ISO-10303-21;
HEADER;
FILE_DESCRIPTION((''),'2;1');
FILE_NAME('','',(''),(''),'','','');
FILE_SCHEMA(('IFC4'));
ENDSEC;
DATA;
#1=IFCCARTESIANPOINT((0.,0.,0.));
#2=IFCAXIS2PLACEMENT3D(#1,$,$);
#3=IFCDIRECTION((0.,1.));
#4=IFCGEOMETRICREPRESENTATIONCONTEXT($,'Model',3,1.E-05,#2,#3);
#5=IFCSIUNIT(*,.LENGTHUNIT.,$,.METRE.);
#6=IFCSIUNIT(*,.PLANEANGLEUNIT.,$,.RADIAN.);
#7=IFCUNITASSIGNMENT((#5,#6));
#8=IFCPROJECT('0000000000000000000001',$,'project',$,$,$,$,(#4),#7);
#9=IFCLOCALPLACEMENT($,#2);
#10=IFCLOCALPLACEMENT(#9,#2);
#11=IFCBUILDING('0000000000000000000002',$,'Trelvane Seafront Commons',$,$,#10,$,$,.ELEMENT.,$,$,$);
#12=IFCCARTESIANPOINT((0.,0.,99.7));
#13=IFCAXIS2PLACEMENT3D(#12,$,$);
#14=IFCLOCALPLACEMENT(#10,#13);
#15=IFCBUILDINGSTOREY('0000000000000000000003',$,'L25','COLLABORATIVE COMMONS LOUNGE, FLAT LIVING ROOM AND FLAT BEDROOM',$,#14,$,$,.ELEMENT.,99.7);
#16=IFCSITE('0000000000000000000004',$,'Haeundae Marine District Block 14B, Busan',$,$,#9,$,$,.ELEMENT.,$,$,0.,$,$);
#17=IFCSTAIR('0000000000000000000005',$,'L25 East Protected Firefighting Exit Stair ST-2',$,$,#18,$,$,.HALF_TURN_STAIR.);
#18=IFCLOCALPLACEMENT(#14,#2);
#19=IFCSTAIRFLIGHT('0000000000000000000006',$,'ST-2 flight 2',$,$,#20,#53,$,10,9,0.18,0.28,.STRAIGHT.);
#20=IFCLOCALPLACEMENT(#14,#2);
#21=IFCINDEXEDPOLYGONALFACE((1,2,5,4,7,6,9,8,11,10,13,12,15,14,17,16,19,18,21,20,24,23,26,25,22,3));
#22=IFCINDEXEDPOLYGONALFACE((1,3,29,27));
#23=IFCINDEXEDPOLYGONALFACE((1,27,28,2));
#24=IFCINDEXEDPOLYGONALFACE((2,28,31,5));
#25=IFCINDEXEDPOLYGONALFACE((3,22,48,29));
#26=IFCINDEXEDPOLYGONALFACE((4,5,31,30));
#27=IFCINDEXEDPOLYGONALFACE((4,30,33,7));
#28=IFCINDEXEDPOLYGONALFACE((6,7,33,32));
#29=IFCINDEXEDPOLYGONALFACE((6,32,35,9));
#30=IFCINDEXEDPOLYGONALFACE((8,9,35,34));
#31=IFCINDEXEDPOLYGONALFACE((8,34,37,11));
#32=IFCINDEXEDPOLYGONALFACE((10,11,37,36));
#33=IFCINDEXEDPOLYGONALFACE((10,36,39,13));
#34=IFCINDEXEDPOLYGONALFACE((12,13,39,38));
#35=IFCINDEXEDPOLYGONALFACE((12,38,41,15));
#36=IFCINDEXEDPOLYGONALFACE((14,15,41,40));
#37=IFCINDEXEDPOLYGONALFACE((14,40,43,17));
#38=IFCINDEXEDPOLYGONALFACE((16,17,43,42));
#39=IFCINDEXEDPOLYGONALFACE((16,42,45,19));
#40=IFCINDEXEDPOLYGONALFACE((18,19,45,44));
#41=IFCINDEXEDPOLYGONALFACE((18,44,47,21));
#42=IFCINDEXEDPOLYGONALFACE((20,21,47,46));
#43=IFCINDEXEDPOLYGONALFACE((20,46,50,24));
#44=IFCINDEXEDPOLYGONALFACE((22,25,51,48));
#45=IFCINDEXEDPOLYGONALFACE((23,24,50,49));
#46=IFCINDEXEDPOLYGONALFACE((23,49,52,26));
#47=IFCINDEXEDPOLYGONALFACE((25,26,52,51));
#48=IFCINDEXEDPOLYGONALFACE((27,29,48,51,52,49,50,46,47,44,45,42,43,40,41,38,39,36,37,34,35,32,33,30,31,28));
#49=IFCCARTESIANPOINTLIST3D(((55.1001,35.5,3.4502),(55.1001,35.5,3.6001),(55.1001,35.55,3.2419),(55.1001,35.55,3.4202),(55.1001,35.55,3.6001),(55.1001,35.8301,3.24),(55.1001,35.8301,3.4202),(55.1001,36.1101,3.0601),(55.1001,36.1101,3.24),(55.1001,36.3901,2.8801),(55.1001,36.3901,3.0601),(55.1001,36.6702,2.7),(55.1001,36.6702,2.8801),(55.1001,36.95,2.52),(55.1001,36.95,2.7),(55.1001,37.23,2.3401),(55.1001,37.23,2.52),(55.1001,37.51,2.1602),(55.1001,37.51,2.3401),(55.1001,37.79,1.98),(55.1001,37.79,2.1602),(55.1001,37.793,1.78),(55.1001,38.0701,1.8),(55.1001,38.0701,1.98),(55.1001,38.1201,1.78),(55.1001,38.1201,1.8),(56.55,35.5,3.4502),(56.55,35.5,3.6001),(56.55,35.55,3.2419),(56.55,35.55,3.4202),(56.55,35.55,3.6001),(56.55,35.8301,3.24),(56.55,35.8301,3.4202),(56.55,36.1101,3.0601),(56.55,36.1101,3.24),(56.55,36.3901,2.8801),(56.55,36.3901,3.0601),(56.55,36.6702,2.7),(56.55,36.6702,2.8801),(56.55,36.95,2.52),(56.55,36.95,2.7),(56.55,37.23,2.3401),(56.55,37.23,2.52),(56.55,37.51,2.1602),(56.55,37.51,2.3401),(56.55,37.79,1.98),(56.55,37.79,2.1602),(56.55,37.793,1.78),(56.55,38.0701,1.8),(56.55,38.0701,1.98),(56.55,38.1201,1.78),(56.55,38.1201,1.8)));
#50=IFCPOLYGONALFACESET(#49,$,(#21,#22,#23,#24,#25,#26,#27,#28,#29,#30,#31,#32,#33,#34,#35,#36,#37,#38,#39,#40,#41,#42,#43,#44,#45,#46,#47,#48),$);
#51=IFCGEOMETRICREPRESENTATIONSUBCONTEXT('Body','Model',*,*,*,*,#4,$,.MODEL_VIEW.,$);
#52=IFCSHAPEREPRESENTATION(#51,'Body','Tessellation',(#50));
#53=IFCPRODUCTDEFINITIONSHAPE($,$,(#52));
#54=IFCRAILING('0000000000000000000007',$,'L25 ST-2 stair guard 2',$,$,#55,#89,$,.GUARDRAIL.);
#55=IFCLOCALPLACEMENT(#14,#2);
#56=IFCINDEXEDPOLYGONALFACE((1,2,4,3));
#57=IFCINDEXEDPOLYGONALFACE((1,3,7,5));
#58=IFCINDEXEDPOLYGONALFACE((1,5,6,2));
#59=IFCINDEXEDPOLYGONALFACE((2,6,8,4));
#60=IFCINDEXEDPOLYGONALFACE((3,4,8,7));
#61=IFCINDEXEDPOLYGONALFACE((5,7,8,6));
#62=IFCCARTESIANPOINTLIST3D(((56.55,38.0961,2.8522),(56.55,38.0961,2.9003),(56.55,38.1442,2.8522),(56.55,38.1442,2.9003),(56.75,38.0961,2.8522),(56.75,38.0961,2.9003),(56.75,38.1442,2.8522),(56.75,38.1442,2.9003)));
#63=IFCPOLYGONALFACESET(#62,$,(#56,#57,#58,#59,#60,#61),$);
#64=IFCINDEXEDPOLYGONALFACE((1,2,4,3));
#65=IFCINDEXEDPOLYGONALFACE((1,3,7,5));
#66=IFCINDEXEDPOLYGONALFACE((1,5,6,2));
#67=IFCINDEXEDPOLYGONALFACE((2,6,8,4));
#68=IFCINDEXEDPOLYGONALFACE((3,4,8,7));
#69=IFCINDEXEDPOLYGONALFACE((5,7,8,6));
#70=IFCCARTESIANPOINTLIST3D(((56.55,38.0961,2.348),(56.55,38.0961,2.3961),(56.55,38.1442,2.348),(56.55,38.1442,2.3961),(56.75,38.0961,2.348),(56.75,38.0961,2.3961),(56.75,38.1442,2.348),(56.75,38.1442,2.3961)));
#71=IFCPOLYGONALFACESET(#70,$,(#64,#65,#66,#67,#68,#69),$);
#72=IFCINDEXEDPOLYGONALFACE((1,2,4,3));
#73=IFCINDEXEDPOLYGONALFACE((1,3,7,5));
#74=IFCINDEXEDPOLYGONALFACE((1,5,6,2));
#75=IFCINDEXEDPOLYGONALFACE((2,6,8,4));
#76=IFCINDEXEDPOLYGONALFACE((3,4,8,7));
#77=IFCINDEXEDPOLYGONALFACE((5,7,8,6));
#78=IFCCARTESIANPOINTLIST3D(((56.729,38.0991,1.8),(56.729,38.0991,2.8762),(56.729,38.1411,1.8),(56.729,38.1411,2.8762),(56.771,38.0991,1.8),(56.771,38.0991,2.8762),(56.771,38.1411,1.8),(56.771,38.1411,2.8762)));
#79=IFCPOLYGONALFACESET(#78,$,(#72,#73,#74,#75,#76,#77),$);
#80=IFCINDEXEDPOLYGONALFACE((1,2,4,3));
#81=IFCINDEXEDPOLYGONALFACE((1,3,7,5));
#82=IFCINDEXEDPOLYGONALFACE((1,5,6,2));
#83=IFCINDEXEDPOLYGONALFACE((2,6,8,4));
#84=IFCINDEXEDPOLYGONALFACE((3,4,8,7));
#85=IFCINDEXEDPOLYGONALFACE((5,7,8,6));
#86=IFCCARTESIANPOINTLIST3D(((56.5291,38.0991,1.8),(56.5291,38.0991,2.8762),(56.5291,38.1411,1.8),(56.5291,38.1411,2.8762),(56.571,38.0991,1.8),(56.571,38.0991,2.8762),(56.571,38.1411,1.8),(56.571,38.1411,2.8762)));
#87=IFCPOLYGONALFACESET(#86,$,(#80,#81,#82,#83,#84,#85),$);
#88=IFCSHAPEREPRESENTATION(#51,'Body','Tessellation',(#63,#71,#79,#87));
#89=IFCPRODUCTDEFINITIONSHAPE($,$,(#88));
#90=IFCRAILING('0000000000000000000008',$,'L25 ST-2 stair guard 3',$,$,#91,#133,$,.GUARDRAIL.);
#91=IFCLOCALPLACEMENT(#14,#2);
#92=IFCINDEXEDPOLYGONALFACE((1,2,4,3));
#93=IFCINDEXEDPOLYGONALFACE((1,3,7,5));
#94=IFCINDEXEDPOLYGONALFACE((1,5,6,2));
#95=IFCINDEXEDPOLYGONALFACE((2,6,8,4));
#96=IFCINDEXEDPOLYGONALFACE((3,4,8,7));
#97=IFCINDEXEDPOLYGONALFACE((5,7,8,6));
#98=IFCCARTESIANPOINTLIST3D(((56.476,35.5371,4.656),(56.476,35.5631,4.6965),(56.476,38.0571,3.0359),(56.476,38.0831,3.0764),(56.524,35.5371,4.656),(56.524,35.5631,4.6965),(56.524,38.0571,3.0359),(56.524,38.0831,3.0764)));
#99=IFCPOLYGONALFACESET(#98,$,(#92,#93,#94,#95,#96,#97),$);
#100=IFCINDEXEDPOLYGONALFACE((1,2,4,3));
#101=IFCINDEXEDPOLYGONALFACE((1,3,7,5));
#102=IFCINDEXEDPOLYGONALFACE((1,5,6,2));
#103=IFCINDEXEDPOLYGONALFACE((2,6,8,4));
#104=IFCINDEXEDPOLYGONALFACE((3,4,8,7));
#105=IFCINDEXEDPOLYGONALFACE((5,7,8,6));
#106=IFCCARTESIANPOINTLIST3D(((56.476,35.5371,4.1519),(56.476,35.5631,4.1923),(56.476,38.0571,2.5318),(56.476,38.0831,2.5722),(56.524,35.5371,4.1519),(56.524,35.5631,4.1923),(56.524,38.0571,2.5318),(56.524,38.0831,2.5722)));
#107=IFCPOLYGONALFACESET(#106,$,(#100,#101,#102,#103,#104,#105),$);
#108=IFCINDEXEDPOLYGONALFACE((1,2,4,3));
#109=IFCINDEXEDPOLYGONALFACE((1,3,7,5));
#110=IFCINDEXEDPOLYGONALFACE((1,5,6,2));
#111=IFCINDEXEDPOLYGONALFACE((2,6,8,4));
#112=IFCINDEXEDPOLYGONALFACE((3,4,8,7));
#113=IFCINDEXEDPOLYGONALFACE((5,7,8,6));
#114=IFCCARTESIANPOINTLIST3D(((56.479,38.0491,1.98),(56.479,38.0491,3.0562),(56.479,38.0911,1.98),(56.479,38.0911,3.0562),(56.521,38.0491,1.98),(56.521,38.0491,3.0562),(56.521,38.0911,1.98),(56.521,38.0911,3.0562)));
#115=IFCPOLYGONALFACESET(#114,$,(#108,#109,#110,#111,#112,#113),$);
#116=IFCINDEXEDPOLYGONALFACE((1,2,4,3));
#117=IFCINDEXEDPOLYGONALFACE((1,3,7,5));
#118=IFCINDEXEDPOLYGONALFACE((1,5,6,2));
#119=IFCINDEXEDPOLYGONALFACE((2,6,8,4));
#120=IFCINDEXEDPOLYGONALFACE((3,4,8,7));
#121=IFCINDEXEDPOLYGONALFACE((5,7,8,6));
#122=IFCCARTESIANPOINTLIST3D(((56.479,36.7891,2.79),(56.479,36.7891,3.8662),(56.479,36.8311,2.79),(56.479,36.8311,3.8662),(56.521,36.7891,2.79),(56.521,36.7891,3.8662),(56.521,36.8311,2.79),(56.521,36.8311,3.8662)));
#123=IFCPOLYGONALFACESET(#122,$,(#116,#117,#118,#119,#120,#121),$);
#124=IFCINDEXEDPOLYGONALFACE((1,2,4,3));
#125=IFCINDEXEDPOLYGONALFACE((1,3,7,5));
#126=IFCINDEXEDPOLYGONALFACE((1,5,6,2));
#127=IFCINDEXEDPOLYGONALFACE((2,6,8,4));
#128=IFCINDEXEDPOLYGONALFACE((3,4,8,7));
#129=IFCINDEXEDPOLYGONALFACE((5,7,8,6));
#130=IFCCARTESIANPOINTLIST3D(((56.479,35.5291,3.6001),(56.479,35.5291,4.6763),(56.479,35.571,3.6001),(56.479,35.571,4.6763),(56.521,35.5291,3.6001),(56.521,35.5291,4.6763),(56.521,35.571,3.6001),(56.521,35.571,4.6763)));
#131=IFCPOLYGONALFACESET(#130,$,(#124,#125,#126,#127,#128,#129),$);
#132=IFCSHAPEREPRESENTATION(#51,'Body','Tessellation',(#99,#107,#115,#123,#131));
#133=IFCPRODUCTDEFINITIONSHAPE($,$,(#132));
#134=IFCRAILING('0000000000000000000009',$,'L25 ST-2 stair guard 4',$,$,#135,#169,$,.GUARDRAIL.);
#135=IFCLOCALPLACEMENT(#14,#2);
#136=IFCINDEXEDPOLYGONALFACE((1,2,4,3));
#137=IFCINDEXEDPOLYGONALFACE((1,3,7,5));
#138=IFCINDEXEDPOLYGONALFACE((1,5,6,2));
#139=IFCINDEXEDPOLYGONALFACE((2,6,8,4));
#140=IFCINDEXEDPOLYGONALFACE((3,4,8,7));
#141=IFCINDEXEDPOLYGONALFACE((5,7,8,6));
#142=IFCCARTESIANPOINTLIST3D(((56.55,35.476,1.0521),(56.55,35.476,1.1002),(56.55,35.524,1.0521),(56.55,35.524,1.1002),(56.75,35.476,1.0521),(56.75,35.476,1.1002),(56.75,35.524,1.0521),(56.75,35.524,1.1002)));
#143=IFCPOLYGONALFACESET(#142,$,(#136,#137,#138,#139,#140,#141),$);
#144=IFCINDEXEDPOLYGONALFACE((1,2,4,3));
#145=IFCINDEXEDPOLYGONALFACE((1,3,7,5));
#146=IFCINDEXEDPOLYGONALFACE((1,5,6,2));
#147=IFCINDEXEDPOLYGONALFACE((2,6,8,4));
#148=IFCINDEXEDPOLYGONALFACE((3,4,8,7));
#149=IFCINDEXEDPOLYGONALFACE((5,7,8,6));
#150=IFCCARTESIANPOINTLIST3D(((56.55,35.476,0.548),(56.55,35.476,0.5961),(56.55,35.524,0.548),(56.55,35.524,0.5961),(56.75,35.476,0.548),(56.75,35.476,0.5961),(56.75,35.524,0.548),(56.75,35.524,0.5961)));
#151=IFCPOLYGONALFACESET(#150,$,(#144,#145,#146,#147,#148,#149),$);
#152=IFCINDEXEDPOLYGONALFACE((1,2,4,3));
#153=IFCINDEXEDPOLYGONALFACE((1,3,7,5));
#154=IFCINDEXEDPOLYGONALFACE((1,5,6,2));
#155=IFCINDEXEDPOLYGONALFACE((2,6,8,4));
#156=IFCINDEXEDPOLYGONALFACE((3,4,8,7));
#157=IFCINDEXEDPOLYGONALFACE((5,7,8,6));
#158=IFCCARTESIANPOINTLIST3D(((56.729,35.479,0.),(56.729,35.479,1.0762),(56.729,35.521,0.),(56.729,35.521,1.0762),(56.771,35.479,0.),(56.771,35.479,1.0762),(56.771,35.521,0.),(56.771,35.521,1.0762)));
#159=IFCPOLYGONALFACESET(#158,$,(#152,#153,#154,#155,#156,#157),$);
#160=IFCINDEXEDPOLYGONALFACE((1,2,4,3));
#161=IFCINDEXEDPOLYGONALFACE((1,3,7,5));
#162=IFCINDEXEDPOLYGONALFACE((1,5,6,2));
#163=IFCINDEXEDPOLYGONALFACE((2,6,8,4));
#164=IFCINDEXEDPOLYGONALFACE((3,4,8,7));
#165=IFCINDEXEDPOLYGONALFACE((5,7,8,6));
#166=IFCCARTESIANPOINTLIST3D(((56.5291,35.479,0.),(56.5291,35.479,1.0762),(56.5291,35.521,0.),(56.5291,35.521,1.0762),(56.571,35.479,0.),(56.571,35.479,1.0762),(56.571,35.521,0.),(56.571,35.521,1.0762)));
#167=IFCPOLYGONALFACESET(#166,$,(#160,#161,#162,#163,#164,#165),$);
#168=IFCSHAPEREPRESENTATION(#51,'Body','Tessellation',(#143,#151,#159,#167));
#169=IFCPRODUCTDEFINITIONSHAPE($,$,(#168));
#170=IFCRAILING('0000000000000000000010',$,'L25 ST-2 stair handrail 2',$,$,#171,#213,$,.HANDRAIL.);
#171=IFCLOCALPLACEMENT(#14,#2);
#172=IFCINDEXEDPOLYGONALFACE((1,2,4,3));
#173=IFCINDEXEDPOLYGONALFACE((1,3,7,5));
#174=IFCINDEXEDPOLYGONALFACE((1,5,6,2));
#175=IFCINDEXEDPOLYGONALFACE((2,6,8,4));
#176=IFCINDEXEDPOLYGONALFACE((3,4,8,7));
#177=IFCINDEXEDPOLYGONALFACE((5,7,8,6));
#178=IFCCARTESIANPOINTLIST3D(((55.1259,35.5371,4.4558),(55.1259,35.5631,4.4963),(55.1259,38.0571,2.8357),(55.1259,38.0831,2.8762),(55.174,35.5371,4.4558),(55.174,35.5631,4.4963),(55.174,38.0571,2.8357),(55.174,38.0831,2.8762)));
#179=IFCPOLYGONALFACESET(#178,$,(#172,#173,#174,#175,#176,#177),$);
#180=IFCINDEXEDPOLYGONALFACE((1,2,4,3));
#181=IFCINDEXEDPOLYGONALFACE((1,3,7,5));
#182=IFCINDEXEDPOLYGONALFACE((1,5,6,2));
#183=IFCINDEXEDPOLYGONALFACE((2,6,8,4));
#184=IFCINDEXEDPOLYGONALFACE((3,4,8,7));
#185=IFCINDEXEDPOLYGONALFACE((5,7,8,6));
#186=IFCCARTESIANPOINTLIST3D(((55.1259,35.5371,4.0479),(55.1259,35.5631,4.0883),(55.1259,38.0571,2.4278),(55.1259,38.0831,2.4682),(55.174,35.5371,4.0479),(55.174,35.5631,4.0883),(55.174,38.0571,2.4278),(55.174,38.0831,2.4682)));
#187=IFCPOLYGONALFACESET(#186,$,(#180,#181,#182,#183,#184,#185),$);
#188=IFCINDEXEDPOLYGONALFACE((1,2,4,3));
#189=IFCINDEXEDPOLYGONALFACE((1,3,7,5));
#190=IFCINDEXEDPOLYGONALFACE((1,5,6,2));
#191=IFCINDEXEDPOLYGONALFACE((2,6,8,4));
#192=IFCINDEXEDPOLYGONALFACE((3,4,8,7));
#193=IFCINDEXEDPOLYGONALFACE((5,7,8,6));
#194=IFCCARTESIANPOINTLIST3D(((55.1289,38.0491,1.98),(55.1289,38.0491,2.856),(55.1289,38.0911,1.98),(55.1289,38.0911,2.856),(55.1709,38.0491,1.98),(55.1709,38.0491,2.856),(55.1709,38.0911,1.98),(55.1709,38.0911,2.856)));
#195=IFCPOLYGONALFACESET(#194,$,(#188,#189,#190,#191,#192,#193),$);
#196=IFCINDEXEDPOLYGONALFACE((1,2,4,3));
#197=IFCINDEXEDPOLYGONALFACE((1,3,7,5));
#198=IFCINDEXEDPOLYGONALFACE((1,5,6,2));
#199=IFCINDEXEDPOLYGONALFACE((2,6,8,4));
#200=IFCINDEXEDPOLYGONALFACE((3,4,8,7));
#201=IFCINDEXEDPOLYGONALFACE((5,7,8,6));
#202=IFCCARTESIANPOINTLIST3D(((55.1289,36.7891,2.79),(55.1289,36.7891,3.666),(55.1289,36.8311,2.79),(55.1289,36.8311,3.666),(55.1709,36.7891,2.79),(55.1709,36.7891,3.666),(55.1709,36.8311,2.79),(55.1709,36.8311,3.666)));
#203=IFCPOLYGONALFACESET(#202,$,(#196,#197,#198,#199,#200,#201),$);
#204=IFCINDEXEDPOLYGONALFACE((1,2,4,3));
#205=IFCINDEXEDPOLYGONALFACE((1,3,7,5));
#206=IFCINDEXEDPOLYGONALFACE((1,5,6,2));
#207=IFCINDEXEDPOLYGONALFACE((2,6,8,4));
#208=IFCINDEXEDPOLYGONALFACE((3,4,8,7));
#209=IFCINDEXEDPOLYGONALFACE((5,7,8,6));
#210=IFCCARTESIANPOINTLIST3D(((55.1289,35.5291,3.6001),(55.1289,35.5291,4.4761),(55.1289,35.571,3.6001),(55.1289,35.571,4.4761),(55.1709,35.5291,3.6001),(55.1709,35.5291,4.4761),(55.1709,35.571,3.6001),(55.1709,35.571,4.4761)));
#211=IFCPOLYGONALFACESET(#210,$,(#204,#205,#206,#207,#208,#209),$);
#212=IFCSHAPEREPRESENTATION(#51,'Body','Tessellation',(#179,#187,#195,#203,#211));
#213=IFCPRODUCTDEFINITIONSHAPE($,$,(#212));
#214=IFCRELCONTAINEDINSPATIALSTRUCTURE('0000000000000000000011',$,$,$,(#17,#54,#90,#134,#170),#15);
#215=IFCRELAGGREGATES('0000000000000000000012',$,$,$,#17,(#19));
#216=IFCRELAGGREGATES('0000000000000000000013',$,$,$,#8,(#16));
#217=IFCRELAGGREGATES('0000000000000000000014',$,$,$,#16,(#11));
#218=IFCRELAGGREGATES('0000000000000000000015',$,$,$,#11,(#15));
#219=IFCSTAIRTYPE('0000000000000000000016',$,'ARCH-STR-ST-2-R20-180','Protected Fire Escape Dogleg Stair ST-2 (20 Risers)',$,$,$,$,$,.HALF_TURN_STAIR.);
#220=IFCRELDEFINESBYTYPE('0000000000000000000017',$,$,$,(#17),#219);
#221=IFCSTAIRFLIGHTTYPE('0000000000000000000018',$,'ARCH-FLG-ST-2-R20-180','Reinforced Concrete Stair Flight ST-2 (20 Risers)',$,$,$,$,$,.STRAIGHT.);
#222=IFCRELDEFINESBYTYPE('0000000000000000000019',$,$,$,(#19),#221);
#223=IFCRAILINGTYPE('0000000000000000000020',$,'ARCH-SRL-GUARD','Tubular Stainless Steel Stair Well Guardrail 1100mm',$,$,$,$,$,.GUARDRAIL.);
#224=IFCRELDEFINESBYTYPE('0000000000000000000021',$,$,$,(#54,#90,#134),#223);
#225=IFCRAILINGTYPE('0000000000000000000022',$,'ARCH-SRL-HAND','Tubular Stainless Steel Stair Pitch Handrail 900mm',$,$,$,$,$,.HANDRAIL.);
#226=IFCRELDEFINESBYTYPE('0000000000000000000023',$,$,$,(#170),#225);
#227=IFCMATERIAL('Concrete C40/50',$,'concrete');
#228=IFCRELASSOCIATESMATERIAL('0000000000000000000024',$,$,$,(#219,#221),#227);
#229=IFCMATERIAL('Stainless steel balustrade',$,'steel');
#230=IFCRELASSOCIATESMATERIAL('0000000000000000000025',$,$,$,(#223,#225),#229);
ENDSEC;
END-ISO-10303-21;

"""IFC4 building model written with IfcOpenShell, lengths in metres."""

from ifc_helpers import new_model, si_unit, direction, frame, origin, origin_2d, place, context, subcontext, project, spatial, polyline, rectangle, outline, extrude, source, transform, mapped, material, type_object, element, aggregate, save


model = new_model("IFC4")

# Units and contexts
model_context = context("Model", 3, precision=1e-05, world=origin(), true_north=direction((0.0, 1.0)))
body_context = subcontext(model_context, "Body", "Model", "MODEL_VIEW")
ifc_project = project(units=[si_unit("LENGTHUNIT", "METRE"), si_unit("PLANEANGLEUNIT", "RADIAN")], contexts=[model_context])

# Site, building, storey
site_placement = place(None, origin())
site = spatial("IfcSite", under=ifc_project, at=site_placement, Name="Haeundae Marine District Block 14B, Busan", CompositionType="ELEMENT", RefElevation=0.0)
building_placement = place(site_placement, origin())
building = spatial("IfcBuilding", under=site, at=building_placement, Name="Trelvane Seafront Commons", CompositionType="ELEMENT")
storey_placement = place(building_placement, frame((0.0, 0.0, 99.7)))
storey = spatial("IfcBuildingStorey", under=building, at=storey_placement, Name="L25", Description="COLLABORATIVE COMMONS LOUNGE, FLAT LIVING ROOM AND FLAT BEDROOM", CompositionType="ELEMENT", Elevation=99.7)

# Shared definitions
ifc_material_1 = material(Name="Concrete C40/50", Category="concrete")

# Stair, stair flight
stair_type = type_object("IfcStairType", Name="ARCH-STR-ST-2-R20-180", Description="Protected Fire Escape Dogleg Stair ST-2 (20 Risers)", PredefinedType="HALF_TURN_STAIR", material=ifc_material_1)
stair_placement = place(storey_placement, origin())
stair = element("IfcStair", 1, at=stair_placement, inside=storey, type_object=stair_type, Name="L25 East Protected Firefighting Exit Stair ST-2", PredefinedType="HALF_TURN_STAIR")
stair_flight_type = type_object("IfcStairFlightType", Name="ARCH-FLG-ST-2-R20-180", Description="Reinforced Concrete Stair Flight ST-2 (20 Risers)", PredefinedType="STRAIGHT", material=ifc_material_1)
shared_shape_1 = source(origin(), body_context, "Body", "SweptSolid", [
    extrude(outline(polyline([(-0.05, -0.02), (-0.05, 0.0), (0.0, 0.0), (0.0, 0.1799), (0.28, 0.1799), (0.28, 0.3601), (0.5601, 0.3601), (0.5601, 0.54), (0.8401, 0.54), (0.8401, 0.72), (1.1201, 0.72), (1.1201, 0.8999), (1.3999, 0.8999), (1.3999, 1.0801), (1.6799, 1.0801), (1.6799, 1.26), (1.96, 1.26), (1.96, 1.4399), (2.24, 1.4399), (2.24, 1.6201), (2.52, 1.6201), (2.52, 1.8), (2.5701, 1.8), (2.5701, 1.6501), (2.52, 1.4419), (0.2771, -0.02), (-0.05, -0.02)])), frame((0.0, 0.7251, 0.0), z_axis=(0.0, -1.0, 0.0), x_axis=(1.0, 0.0, 0.0)), (0.0, 0.0, 1.0), 1.45),
])
stair_flight_placement = place(storey_placement, frame((55.825, 38.0701, 1.8), z_axis=(0.0, 0.0, 1.0), x_axis=(0.0, -1.0, 0.0)))
stair_flight = element("IfcStairFlight", 2, at=stair_flight_placement, type_object=stair_flight_type, Name="ST-2 flight 2", NumberOfRisers=10, NumberOfTreads=9, PredefinedType="STRAIGHT", RiserHeight=0.18, TreadLength=0.28, context=body_context, shape_type="MappedRepresentation", body=[
    mapped(shared_shape_1, transform((0.0, 0.0, 0.0), x_axis=(1.0, 0.0, 0.0), y_axis=(0.0, 1.0, 0.0), z_axis=(0.0, 0.0, 1.0), scale=1.0)),
])
aggregate(stair, [stair_flight])

# Railings
ifc_material_2 = material(Name="Stainless steel balustrade", Category="steel")
railing_type_1 = type_object("IfcRailingType", Name="ARCH-SRL-GUARD", Description="Tubular Stainless Steel Stair Well Guardrail 1100mm", PredefinedType="GUARDRAIL", material=ifc_material_2)
railing_1_placement = place(storey_placement, frame((56.75, 38.1201, 1.8)))
element("IfcRailing", 3, at=railing_1_placement, inside=storey, type_object=railing_type_1, Name="L25 ST-2 stair guard 2", PredefinedType="GUARDRAIL", context=body_context, shape_type="SweptSolid", body=[
    extrude(rectangle(XDim=0.0481, YDim=0.0481, at=origin_2d()), frame((0.0, 0.0, 1.0762), z_axis=(-1.0, 0.0, 0.0), x_axis=(0.0, -1.0, 0.0)), (0.0, 0.0, 1.0), 0.2),
    extrude(rectangle(XDim=0.0481, YDim=0.0481, at=origin_2d()), frame((0.0, 0.0, 0.572), z_axis=(-1.0, 0.0, 0.0), x_axis=(0.0, -1.0, 0.0)), (0.0, 0.0, 1.0), 0.2),
    extrude(rectangle(XDim=0.042, YDim=0.042, at=origin_2d()), origin(), (0.0, 0.0, 1.0), 1.0762),
    extrude(rectangle(XDim=0.042, YDim=0.042, at=origin_2d()), frame((-0.2, 0.0, 0.0)), (0.0, 0.0, 1.0), 1.0762),
])
railing_2_placement = place(storey_placement, frame((56.5, 38.0701, 1.98)))
element("IfcRailing", 4, at=railing_2_placement, inside=storey, type_object=railing_type_1, Name="L25 ST-2 stair guard 3", PredefinedType="GUARDRAIL", context=body_context, shape_type="SweptSolid", body=[
    extrude(rectangle(XDim=0.0481, YDim=0.0481, at=origin_2d()), frame((0.0, 0.0, 1.0762), z_axis=(0.0, -0.841163, 0.540782), x_axis=(1.0, 0.0, 0.0)), (0.0, 0.0, 1.0), 2.9958),
    extrude(rectangle(XDim=0.0481, YDim=0.0481, at=origin_2d()), frame((0.0, 0.0, 0.572), z_axis=(0.0, -0.841163, 0.540782), x_axis=(1.0, 0.0, 0.0)), (0.0, 0.0, 1.0), 2.9958),
    extrude(rectangle(XDim=0.042, YDim=0.042, at=origin_2d()), origin(), (0.0, 0.0, 1.0), 1.0762),
    extrude(rectangle(XDim=0.042, YDim=0.042, at=origin_2d()), frame((0.0, -1.26, 0.8101)), (0.0, 0.0, 1.0), 1.0762),
    extrude(rectangle(XDim=0.042, YDim=0.042, at=origin_2d()), frame((0.0, -2.52, 1.6201)), (0.0, 0.0, 1.0), 1.0762),
])
railing_3_placement = place(storey_placement, frame((56.75, 35.5, 0.0)))
element("IfcRailing", 5, at=railing_3_placement, inside=storey, type_object=railing_type_1, Name="L25 ST-2 stair guard 4", PredefinedType="GUARDRAIL", context=body_context, shape_type="SweptSolid", body=[
    extrude(rectangle(XDim=0.0481, YDim=0.0481, at=origin_2d()), frame((0.0, 0.0, 1.0762), z_axis=(-1.0, 0.0, 0.0), x_axis=(0.0, -1.0, 0.0)), (0.0, 0.0, 1.0), 0.2),
    extrude(rectangle(XDim=0.0481, YDim=0.0481, at=origin_2d()), frame((0.0, 0.0, 0.572), z_axis=(-1.0, 0.0, 0.0), x_axis=(0.0, -1.0, 0.0)), (0.0, 0.0, 1.0), 0.2),
    extrude(rectangle(XDim=0.042, YDim=0.042, at=origin_2d()), origin(), (0.0, 0.0, 1.0), 1.0762),
    extrude(rectangle(XDim=0.042, YDim=0.042, at=origin_2d()), frame((-0.2, 0.0, 0.0)), (0.0, 0.0, 1.0), 1.0762),
])
railing_type_2 = type_object("IfcRailingType", Name="ARCH-SRL-HAND", Description="Tubular Stainless Steel Stair Pitch Handrail 900mm", PredefinedType="HANDRAIL", material=ifc_material_2)
railing_4_placement = place(storey_placement, frame((55.1499, 38.0701, 1.98)))
element("IfcRailing", 6, at=railing_4_placement, inside=storey, type_object=railing_type_2, Name="L25 ST-2 stair handrail 2", PredefinedType="HANDRAIL", context=body_context, shape_type="SweptSolid", body=[
    extrude(rectangle(XDim=0.0481, YDim=0.0481, at=origin_2d()), frame((0.0, 0.0, 0.876), z_axis=(0.0, -0.841163, 0.540782), x_axis=(1.0, 0.0, 0.0)), (0.0, 0.0, 1.0), 2.9958),
    extrude(rectangle(XDim=0.0481, YDim=0.0481, at=origin_2d()), frame((0.0, 0.0, 0.468), z_axis=(0.0, -0.841163, 0.540782), x_axis=(1.0, 0.0, 0.0)), (0.0, 0.0, 1.0), 2.9958),
    extrude(rectangle(XDim=0.042, YDim=0.042, at=origin_2d()), origin(), (0.0, 0.0, 1.0), 0.876),
    extrude(rectangle(XDim=0.042, YDim=0.042, at=origin_2d()), frame((0.0, -1.26, 0.8101)), (0.0, 0.0, 1.0), 0.876),
    extrude(rectangle(XDim=0.042, YDim=0.042, at=origin_2d()), frame((0.0, -2.52, 1.6201)), (0.0, 0.0, 1.0), 0.876),
])

save(model, "model.ifc")
